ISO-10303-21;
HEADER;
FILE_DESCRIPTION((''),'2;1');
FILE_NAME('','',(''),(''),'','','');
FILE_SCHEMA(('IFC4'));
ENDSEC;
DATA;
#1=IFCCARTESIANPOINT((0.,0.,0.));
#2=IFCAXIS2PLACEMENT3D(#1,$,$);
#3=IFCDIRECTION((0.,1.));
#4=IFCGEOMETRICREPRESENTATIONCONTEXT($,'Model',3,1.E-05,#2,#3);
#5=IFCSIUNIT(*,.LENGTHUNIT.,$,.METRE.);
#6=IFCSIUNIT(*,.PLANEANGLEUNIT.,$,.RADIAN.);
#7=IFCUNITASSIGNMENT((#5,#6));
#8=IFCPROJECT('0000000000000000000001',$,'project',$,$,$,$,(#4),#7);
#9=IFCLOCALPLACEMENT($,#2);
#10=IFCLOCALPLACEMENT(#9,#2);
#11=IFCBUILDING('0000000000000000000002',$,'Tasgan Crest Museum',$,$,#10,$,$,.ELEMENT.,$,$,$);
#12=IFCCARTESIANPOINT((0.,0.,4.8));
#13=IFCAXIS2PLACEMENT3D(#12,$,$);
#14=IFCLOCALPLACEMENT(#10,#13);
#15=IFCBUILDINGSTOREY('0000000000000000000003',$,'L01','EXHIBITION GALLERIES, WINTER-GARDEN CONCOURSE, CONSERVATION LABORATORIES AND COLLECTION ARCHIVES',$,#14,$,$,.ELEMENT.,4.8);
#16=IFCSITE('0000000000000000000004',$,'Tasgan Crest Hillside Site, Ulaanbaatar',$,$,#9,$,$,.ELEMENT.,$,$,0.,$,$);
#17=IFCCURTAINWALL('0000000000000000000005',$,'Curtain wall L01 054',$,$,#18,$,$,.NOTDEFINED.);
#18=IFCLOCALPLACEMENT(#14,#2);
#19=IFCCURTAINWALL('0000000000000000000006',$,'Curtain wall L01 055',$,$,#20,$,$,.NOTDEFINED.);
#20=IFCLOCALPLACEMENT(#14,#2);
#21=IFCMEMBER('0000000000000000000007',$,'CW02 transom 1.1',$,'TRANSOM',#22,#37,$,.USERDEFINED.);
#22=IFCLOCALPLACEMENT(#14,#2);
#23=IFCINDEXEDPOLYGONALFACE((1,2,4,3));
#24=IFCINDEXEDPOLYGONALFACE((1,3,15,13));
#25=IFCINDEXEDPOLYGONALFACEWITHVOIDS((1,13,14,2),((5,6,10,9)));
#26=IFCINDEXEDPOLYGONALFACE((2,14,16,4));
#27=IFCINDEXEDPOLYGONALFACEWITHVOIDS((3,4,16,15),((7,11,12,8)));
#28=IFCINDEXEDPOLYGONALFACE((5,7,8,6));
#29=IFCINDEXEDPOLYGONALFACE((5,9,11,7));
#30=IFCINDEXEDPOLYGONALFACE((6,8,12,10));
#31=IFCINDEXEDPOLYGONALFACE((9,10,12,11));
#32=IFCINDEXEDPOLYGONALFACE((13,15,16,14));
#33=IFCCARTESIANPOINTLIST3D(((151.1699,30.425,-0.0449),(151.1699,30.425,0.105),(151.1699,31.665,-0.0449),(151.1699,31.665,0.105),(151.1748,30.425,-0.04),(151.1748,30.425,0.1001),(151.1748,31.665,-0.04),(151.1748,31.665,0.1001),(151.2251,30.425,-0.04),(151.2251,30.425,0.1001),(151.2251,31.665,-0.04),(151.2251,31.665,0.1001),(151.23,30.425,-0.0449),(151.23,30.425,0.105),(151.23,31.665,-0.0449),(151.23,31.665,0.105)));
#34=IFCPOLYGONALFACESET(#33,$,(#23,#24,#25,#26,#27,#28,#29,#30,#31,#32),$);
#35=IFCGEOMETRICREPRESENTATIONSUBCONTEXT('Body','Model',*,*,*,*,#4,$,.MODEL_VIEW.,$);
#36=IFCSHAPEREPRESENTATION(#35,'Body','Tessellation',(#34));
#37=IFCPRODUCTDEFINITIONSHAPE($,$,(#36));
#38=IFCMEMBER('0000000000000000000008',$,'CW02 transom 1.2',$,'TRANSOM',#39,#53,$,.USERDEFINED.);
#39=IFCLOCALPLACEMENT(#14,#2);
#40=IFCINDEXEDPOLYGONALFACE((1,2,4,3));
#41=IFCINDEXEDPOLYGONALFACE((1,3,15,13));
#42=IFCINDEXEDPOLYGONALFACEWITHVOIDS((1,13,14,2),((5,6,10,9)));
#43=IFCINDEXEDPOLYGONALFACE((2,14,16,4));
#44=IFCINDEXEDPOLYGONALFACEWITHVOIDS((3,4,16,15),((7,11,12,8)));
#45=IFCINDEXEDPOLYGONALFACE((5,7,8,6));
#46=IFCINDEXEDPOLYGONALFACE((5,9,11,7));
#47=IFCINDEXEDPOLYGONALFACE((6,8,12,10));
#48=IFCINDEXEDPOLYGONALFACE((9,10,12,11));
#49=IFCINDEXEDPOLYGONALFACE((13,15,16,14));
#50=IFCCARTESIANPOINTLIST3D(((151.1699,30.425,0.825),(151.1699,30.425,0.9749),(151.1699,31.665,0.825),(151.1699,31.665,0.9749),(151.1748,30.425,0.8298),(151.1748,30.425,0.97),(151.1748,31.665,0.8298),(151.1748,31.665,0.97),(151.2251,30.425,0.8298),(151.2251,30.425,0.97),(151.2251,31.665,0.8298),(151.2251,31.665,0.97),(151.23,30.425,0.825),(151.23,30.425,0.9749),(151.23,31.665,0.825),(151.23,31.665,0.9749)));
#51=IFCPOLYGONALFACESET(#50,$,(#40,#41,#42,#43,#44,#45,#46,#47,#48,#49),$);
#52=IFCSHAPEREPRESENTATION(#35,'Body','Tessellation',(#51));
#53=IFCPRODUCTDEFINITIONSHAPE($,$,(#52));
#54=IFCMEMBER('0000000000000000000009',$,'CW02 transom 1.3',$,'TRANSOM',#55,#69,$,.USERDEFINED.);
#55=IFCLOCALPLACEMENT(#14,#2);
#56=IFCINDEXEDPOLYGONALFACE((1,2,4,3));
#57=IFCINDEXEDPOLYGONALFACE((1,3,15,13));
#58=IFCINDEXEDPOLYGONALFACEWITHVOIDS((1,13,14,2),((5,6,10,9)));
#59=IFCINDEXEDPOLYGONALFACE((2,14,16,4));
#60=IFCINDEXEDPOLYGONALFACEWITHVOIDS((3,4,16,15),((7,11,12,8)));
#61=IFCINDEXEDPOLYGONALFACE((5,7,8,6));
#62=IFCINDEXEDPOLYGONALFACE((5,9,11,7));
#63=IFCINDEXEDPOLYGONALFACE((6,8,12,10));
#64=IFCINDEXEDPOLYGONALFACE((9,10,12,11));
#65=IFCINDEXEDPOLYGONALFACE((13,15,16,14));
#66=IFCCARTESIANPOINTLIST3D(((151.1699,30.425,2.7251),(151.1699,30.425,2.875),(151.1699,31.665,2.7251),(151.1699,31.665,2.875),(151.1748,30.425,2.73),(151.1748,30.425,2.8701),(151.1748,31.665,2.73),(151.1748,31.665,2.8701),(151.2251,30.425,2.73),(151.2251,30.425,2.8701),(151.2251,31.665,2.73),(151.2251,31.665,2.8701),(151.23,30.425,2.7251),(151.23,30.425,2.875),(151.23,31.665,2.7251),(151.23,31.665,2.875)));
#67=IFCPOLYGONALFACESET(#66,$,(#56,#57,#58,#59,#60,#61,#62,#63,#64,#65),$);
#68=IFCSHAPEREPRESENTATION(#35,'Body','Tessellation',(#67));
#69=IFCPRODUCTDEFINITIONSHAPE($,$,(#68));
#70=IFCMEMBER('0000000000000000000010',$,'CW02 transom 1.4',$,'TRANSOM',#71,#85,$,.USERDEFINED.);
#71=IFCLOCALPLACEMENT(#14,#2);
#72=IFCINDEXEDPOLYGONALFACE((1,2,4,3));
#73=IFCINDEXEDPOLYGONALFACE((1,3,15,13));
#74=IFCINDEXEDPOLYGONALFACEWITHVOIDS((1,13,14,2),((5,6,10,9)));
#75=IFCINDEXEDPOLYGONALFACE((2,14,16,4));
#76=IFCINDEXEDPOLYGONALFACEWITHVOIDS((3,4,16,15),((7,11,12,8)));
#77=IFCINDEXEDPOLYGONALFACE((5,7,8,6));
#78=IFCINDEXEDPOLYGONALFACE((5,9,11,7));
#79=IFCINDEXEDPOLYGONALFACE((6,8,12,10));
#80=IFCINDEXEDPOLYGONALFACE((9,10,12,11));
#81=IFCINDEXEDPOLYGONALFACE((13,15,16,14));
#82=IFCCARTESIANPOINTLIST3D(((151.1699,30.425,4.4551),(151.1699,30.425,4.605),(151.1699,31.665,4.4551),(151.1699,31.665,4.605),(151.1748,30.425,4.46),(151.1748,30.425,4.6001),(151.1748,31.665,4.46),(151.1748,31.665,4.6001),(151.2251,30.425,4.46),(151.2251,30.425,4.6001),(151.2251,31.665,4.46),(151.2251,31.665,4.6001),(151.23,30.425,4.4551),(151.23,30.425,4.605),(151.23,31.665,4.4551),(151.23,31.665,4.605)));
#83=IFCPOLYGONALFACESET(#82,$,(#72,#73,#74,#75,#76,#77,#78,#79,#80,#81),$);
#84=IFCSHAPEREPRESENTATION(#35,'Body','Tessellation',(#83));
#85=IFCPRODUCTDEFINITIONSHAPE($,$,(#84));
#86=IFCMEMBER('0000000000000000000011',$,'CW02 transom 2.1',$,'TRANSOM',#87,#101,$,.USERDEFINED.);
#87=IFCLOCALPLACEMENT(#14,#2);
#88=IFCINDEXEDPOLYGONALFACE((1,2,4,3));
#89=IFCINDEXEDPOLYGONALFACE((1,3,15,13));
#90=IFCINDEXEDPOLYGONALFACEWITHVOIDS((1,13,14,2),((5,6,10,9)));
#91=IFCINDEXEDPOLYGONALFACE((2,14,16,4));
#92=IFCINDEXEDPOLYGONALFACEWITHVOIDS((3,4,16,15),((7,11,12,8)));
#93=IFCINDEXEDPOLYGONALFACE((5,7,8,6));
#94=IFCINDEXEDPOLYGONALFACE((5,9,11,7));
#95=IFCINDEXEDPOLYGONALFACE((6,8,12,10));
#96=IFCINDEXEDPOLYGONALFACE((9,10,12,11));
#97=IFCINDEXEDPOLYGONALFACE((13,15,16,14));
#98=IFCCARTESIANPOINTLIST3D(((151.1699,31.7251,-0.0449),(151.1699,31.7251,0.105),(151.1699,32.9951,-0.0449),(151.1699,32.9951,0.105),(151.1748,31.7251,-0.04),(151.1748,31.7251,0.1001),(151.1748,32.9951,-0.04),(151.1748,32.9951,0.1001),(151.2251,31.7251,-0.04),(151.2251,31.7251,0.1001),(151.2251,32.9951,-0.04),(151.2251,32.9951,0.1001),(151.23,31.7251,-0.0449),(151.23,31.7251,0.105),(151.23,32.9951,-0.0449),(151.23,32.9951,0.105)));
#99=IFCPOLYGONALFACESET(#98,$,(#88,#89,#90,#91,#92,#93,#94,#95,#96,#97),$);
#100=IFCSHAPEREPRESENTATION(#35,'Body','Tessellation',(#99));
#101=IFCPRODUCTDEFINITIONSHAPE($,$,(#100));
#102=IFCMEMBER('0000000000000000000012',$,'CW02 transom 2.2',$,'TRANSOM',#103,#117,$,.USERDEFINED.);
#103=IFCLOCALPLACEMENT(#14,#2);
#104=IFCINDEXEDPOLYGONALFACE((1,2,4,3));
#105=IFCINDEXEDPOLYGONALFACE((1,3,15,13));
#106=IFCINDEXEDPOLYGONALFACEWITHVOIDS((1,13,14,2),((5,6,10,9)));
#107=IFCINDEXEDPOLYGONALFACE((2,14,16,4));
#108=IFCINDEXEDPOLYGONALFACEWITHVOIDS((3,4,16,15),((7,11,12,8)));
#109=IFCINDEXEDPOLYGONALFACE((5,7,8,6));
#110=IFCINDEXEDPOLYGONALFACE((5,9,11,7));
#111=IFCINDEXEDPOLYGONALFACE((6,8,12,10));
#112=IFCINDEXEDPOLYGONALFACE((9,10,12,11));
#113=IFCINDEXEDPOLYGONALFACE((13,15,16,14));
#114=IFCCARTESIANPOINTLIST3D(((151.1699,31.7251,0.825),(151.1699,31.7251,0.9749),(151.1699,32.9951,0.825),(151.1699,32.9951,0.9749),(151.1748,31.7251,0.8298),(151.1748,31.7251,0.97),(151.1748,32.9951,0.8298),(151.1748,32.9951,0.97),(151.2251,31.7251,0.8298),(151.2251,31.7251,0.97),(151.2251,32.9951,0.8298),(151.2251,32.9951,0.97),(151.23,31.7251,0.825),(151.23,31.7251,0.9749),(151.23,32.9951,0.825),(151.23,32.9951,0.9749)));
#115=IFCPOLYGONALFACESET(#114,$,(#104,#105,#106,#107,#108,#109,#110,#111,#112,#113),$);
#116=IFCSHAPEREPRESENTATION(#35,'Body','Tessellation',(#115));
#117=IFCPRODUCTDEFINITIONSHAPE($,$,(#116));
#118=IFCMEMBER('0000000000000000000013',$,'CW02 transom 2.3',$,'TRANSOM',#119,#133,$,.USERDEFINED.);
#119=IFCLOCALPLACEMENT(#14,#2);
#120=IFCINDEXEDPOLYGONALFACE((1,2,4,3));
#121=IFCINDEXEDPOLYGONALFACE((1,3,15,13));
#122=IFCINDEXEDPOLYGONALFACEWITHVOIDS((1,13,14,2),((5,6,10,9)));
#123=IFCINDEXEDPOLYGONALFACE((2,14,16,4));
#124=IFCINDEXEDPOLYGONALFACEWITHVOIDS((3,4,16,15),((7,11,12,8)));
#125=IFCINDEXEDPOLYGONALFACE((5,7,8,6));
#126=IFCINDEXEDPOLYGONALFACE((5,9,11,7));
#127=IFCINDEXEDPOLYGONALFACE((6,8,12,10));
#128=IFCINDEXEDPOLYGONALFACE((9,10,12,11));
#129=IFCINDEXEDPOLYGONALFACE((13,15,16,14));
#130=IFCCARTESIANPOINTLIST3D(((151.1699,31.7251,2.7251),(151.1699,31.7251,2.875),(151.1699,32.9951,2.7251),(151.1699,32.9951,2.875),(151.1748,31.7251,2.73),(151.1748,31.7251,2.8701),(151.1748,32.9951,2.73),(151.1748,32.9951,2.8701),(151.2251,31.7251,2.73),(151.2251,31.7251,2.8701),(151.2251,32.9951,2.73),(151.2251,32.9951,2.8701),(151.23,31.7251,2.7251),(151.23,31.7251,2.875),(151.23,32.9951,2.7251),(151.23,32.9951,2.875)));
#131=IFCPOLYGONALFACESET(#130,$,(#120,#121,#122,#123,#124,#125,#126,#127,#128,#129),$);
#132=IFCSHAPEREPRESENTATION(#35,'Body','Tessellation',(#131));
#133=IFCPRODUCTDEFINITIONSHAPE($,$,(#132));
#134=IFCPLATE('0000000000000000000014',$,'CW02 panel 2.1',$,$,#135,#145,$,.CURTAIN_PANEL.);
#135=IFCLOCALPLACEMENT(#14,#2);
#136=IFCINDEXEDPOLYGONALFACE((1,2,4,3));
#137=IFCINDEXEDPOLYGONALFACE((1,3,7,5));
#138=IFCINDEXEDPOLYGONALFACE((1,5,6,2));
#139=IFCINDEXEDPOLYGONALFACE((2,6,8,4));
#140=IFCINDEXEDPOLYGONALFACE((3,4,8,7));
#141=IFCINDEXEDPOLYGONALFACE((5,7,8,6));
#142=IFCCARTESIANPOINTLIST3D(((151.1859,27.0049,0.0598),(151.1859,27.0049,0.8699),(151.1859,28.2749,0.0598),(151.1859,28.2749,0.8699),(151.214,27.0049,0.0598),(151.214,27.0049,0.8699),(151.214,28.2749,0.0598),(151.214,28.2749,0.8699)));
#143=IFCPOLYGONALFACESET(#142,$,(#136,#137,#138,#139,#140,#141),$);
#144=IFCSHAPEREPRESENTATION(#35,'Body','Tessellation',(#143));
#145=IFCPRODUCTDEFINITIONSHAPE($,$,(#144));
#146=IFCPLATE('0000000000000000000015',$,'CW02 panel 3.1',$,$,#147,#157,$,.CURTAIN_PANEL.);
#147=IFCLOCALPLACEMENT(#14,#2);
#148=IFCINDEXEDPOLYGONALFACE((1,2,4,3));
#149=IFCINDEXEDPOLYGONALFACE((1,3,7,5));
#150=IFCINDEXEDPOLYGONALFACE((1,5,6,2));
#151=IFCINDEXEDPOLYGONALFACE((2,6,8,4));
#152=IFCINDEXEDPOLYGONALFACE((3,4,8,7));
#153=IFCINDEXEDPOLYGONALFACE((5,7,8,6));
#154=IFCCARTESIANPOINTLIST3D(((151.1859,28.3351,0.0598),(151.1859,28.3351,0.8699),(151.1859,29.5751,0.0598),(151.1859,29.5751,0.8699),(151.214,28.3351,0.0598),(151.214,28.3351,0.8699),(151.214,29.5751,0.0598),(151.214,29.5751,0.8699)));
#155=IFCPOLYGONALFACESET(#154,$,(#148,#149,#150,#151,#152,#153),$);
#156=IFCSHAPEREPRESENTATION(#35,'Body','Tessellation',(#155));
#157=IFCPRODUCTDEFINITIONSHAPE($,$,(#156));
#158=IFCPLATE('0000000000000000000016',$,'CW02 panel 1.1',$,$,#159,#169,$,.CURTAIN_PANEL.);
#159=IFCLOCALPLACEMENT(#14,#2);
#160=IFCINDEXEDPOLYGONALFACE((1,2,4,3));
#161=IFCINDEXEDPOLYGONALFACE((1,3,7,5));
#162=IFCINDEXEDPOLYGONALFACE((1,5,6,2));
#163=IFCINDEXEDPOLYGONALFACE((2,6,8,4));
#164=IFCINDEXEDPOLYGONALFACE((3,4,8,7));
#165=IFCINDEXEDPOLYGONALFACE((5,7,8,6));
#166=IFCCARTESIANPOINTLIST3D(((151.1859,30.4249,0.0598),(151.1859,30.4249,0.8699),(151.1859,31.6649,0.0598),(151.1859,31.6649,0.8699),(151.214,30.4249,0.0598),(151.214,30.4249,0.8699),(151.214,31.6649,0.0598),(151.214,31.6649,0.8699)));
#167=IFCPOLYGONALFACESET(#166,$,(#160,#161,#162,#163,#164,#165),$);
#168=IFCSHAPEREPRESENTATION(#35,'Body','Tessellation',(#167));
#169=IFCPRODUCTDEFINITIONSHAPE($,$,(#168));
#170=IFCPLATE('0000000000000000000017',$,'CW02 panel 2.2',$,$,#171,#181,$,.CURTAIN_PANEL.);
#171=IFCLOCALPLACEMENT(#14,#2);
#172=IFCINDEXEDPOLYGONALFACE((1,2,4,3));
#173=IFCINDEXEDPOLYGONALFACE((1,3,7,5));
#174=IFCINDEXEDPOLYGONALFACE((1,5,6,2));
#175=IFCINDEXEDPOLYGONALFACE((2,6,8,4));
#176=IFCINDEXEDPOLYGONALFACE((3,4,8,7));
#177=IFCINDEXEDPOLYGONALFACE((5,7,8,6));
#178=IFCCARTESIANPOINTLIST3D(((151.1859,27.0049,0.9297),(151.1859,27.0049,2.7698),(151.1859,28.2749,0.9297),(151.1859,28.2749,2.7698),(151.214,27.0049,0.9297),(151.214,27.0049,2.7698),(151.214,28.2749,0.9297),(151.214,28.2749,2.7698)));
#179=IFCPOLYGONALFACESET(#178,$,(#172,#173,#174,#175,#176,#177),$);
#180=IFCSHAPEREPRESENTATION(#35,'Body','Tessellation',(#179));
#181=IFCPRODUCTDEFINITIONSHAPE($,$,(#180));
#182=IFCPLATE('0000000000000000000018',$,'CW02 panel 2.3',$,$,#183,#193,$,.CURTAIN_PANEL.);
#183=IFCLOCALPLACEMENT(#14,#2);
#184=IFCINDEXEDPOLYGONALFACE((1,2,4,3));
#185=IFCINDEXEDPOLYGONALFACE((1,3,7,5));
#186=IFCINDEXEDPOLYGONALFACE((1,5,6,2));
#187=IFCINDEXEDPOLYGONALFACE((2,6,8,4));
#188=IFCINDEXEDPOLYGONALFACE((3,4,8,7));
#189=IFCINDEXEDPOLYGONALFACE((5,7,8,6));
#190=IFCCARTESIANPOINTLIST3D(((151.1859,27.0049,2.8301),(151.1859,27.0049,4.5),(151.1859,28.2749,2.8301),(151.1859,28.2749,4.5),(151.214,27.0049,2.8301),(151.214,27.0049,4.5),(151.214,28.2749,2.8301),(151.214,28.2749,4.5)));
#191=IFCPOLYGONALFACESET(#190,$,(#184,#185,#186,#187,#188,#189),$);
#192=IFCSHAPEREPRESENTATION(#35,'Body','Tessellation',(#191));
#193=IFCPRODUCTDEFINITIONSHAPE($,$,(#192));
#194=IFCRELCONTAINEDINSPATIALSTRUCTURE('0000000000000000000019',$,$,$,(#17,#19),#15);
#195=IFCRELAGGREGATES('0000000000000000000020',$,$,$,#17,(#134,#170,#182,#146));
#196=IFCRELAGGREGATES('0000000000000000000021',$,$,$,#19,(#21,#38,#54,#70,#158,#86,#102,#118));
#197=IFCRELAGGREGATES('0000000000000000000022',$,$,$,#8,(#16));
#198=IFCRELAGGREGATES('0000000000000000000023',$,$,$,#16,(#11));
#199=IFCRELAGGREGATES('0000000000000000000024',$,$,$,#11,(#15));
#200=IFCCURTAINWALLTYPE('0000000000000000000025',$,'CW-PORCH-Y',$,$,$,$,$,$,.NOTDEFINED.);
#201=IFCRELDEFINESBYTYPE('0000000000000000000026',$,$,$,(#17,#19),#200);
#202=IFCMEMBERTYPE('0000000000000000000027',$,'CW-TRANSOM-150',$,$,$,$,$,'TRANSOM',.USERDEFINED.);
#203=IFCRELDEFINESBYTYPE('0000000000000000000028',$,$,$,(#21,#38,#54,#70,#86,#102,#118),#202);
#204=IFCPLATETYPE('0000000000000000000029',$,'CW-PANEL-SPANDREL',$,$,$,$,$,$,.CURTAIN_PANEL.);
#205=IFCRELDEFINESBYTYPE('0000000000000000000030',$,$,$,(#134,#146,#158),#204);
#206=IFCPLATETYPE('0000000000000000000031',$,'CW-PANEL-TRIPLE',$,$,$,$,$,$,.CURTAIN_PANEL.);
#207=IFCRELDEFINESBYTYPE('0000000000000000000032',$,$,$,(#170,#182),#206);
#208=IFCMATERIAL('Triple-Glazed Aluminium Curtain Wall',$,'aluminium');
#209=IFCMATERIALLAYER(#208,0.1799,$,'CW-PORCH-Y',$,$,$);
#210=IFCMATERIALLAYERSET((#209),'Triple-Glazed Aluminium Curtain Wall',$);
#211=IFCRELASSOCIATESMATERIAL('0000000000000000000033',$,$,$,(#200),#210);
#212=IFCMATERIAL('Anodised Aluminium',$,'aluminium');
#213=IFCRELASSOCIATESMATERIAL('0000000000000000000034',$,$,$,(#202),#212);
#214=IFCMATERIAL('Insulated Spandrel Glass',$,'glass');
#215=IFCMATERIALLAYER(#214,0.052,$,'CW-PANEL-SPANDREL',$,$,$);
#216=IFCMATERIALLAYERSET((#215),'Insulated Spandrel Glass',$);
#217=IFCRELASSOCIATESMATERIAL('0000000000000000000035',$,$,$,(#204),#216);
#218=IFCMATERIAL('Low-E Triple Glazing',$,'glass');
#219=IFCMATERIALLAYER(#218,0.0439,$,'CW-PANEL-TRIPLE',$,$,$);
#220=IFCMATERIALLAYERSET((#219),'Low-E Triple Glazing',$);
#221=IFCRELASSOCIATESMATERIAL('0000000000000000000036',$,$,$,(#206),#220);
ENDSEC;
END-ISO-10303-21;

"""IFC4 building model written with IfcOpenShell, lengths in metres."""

from ifc_helpers import new_model, si_unit, direction, frame, origin, origin_2d, place, context, subcontext, project, spatial, rectangle, hollow_rectangle, extrude, material, layer, layer_set, material_profile, profile_set, type_object, element, aggregate, save


model = new_model("IFC4")

# Units and contexts
model_context = context("Model", 3, precision=1e-05, world=origin(), true_north=direction((0.0, 1.0)))
body_context = subcontext(model_context, "Body", "Model", "MODEL_VIEW")
ifc_project = project(units=[si_unit("LENGTHUNIT", "METRE"), si_unit("PLANEANGLEUNIT", "RADIAN")], contexts=[model_context])

# Site, building, storey
site_placement = place(None, origin())
site = spatial("IfcSite", under=ifc_project, at=site_placement, Name="Tasgan Crest Hillside Site, Ulaanbaatar", CompositionType="ELEMENT", RefElevation=0.0)
building_placement = place(site_placement, origin())
building = spatial("IfcBuilding", under=site, at=building_placement, Name="Tasgan Crest Museum", CompositionType="ELEMENT")
storey_placement = place(building_placement, frame((0.0, 0.0, 4.8)))
storey = spatial("IfcBuildingStorey", under=building, at=storey_placement, Name="L01", Description="EXHIBITION GALLERIES, WINTER-GARDEN CONCOURSE, CONSERVATION LABORATORIES AND COLLECTION ARCHIVES", CompositionType="ELEMENT", Elevation=4.8)

# Curtain walls
ifc_material_1 = material(Name="Triple-Glazed Aluminium Curtain Wall", Category="aluminium")
ifc_layer_1 = layer(ifc_material_1, 0.1799, Name="CW-PORCH-Y")
ifc_layer_set_1 = layer_set([ifc_layer_1], Name="Triple-Glazed Aluminium Curtain Wall")
curtain_wall_type = type_object("IfcCurtainWallType", Name="CW-PORCH-Y", PredefinedType="NOTDEFINED", material=ifc_layer_set_1)
curtain_wall_1_placement = place(storey_placement, origin())
curtain_wall_1 = element("IfcCurtainWall", 1, at=curtain_wall_1_placement, inside=storey, type_object=curtain_wall_type, Name="Curtain wall L01 054", PredefinedType="NOTDEFINED")
curtain_wall_2_placement = place(storey_placement, origin())
curtain_wall_2 = element("IfcCurtainWall", 2, at=curtain_wall_2_placement, inside=storey, type_object=curtain_wall_type, Name="Curtain wall L01 055", PredefinedType="NOTDEFINED")

# Members
ifc_material_2 = material(Name="Anodised Aluminium", Category="aluminium")
ifc_material_profile_1 = material_profile(ifc_material_2, hollow_rectangle(XDim=0.0601, YDim=0.1499, WallThickness=0.0049, at=origin_2d()), Name="ALU TRANSOM 150x60x5")
ifc_profile_set_1 = profile_set([ifc_material_profile_1], Name="Anodised Aluminium")
member_type_1 = type_object("IfcMemberType", Name="CW-TRANSOM-150", ElementType="TRANSOM", PredefinedType="USERDEFINED", material=ifc_profile_set_1)
member_1_placement = place(storey_placement, frame((151.2, 30.425, 0.03), z_axis=(0.0, 1.0, 0.0), x_axis=(-1.0, 0.0, 0.0)))
member_1 = element("IfcMember", 3, at=member_1_placement, type_object=member_type_1, Name="CW02 transom 1.1", ObjectType="TRANSOM", PredefinedType="USERDEFINED", context=body_context, shape_type="SweptSolid", body=[
    extrude(hollow_rectangle(XDim=0.0601, YDim=0.1499, WallThickness=0.0049, at=origin_2d()), origin(), (0.0, 0.0, 1.0), 1.24),
])
member_2_placement = place(storey_placement, frame((151.2, 30.425, 0.8999), z_axis=(0.0, 1.0, 0.0), x_axis=(-1.0, 0.0, 0.0)))
member_2 = element("IfcMember", 4, at=member_2_placement, type_object=member_type_1, Name="CW02 transom 1.2", ObjectType="TRANSOM", PredefinedType="USERDEFINED", context=body_context, shape_type="SweptSolid", body=[
    extrude(hollow_rectangle(XDim=0.0601, YDim=0.1499, WallThickness=0.0049, at=origin_2d()), origin(), (0.0, 0.0, 1.0), 1.24),
])
member_3_placement = place(storey_placement, frame((151.2, 30.425, 2.8), z_axis=(0.0, 1.0, 0.0), x_axis=(-1.0, 0.0, 0.0)))
member_3 = element("IfcMember", 5, at=member_3_placement, type_object=member_type_1, Name="CW02 transom 1.3", ObjectType="TRANSOM", PredefinedType="USERDEFINED", context=body_context, shape_type="SweptSolid", body=[
    extrude(hollow_rectangle(XDim=0.0601, YDim=0.1499, WallThickness=0.0049, at=origin_2d()), origin(), (0.0, 0.0, 1.0), 1.24),
])
member_4_placement = place(storey_placement, frame((151.2, 30.425, 4.53), z_axis=(0.0, 1.0, 0.0), x_axis=(-1.0, 0.0, 0.0)))
member_4 = element("IfcMember", 6, at=member_4_placement, type_object=member_type_1, Name="CW02 transom 1.4", ObjectType="TRANSOM", PredefinedType="USERDEFINED", context=body_context, shape_type="SweptSolid", body=[
    extrude(hollow_rectangle(XDim=0.0601, YDim=0.1499, WallThickness=0.0049, at=origin_2d()), origin(), (0.0, 0.0, 1.0), 1.24),
])
member_5_placement = place(storey_placement, frame((151.2, 31.7251, 0.03), z_axis=(0.0, 1.0, 0.0), x_axis=(-1.0, 0.0, 0.0)))
member_5 = element("IfcMember", 7, at=member_5_placement, type_object=member_type_1, Name="CW02 transom 2.1", ObjectType="TRANSOM", PredefinedType="USERDEFINED", context=body_context, shape_type="SweptSolid", body=[
    extrude(hollow_rectangle(XDim=0.0601, YDim=0.1499, WallThickness=0.0049, at=origin_2d()), origin(), (0.0, 0.0, 1.0), 1.27),
])
member_6_placement = place(storey_placement, frame((151.2, 31.7251, 0.8999), z_axis=(0.0, 1.0, 0.0), x_axis=(-1.0, 0.0, 0.0)))
member_6 = element("IfcMember", 8, at=member_6_placement, type_object=member_type_1, Name="CW02 transom 2.2", ObjectType="TRANSOM", PredefinedType="USERDEFINED", context=body_context, shape_type="SweptSolid", body=[
    extrude(hollow_rectangle(XDim=0.0601, YDim=0.1499, WallThickness=0.0049, at=origin_2d()), origin(), (0.0, 0.0, 1.0), 1.27),
])
member_7_placement = place(storey_placement, frame((151.2, 31.7251, 2.8), z_axis=(0.0, 1.0, 0.0), x_axis=(-1.0, 0.0, 0.0)))
member_7 = element("IfcMember", 9, at=member_7_placement, type_object=member_type_1, Name="CW02 transom 2.3", ObjectType="TRANSOM", PredefinedType="USERDEFINED", context=body_context, shape_type="SweptSolid", body=[
    extrude(hollow_rectangle(XDim=0.0601, YDim=0.1499, WallThickness=0.0049, at=origin_2d()), origin(), (0.0, 0.0, 1.0), 1.27),
])

# Plates
ifc_material_3 = material(Name="Insulated Spandrel Glass", Category="glass")
ifc_layer_2 = layer(ifc_material_3, 0.052, Name="CW-PANEL-SPANDREL")
ifc_layer_set_2 = layer_set([ifc_layer_2], Name="Insulated Spandrel Glass")
plate_type_1 = type_object("IfcPlateType", Name="CW-PANEL-SPANDREL", PredefinedType="CURTAIN_PANEL", material=ifc_layer_set_2)
plate_1_placement = place(storey_placement, frame((151.2, 27.6399, 0.0598), z_axis=(0.0, 0.0, 1.0), x_axis=(0.0, 1.0, 0.0)))
plate_1 = element("IfcPlate", 10, at=plate_1_placement, type_object=plate_type_1, Name="CW02 panel 2.1", PredefinedType="CURTAIN_PANEL", context=body_context, shape_type="SweptSolid", body=[
    extrude(rectangle(XDim=1.27, YDim=0.0281, at=origin_2d()), origin(), (0.0, 0.0, 1.0), 0.8101),
])
plate_2_placement = place(storey_placement, frame((151.2, 28.9551, 0.0598), z_axis=(0.0, 0.0, 1.0), x_axis=(0.0, 1.0, 0.0)))
plate_2 = element("IfcPlate", 11, at=plate_2_placement, type_object=plate_type_1, Name="CW02 panel 3.1", PredefinedType="CURTAIN_PANEL", context=body_context, shape_type="SweptSolid", body=[
    extrude(rectangle(XDim=1.24, YDim=0.0281, at=origin_2d()), origin(), (0.0, 0.0, 1.0), 0.8101),
])
plate_3_placement = place(storey_placement, frame((151.2, 31.0449, 0.0598), z_axis=(0.0, 0.0, 1.0), x_axis=(0.0, 1.0, 0.0)))
plate_3 = element("IfcPlate", 12, at=plate_3_placement, type_object=plate_type_1, Name="CW02 panel 1.1", PredefinedType="CURTAIN_PANEL", context=body_context, shape_type="SweptSolid", body=[
    extrude(rectangle(XDim=1.24, YDim=0.0281, at=origin_2d()), origin(), (0.0, 0.0, 1.0), 0.8101),
])
ifc_material_4 = material(Name="Low-E Triple Glazing", Category="glass")
ifc_layer_3 = layer(ifc_material_4, 0.0439, Name="CW-PANEL-TRIPLE")
ifc_layer_set_3 = layer_set([ifc_layer_3], Name="Low-E Triple Glazing")
plate_type_2 = type_object("IfcPlateType", Name="CW-PANEL-TRIPLE", PredefinedType="CURTAIN_PANEL", material=ifc_layer_set_3)
plate_4_placement = place(storey_placement, frame((151.2, 27.6399, 0.9297), z_axis=(0.0, 0.0, 1.0), x_axis=(0.0, 1.0, 0.0)))
plate_4 = element("IfcPlate", 13, at=plate_4_placement, type_object=plate_type_2, Name="CW02 panel 2.2", PredefinedType="CURTAIN_PANEL", context=body_context, shape_type="SweptSolid", body=[
    extrude(rectangle(XDim=1.27, YDim=0.0281, at=origin_2d()), origin(), (0.0, 0.0, 1.0), 1.8401),
])
plate_5_placement = place(storey_placement, frame((151.2, 27.6399, 2.8301), z_axis=(0.0, 0.0, 1.0), x_axis=(0.0, 1.0, 0.0)))
plate_5 = element("IfcPlate", 14, at=plate_5_placement, type_object=plate_type_2, Name="CW02 panel 2.3", PredefinedType="CURTAIN_PANEL", context=body_context, shape_type="SweptSolid", body=[
    extrude(rectangle(XDim=1.27, YDim=0.0281, at=origin_2d()), origin(), (0.0, 0.0, 1.0), 1.6699),
])
aggregate(curtain_wall_1, [plate_1, plate_4, plate_5, plate_2])
aggregate(curtain_wall_2, [member_1, member_2, member_3, member_4, plate_3, member_5, member_6, member_7])

save(model, "model.ifc")
